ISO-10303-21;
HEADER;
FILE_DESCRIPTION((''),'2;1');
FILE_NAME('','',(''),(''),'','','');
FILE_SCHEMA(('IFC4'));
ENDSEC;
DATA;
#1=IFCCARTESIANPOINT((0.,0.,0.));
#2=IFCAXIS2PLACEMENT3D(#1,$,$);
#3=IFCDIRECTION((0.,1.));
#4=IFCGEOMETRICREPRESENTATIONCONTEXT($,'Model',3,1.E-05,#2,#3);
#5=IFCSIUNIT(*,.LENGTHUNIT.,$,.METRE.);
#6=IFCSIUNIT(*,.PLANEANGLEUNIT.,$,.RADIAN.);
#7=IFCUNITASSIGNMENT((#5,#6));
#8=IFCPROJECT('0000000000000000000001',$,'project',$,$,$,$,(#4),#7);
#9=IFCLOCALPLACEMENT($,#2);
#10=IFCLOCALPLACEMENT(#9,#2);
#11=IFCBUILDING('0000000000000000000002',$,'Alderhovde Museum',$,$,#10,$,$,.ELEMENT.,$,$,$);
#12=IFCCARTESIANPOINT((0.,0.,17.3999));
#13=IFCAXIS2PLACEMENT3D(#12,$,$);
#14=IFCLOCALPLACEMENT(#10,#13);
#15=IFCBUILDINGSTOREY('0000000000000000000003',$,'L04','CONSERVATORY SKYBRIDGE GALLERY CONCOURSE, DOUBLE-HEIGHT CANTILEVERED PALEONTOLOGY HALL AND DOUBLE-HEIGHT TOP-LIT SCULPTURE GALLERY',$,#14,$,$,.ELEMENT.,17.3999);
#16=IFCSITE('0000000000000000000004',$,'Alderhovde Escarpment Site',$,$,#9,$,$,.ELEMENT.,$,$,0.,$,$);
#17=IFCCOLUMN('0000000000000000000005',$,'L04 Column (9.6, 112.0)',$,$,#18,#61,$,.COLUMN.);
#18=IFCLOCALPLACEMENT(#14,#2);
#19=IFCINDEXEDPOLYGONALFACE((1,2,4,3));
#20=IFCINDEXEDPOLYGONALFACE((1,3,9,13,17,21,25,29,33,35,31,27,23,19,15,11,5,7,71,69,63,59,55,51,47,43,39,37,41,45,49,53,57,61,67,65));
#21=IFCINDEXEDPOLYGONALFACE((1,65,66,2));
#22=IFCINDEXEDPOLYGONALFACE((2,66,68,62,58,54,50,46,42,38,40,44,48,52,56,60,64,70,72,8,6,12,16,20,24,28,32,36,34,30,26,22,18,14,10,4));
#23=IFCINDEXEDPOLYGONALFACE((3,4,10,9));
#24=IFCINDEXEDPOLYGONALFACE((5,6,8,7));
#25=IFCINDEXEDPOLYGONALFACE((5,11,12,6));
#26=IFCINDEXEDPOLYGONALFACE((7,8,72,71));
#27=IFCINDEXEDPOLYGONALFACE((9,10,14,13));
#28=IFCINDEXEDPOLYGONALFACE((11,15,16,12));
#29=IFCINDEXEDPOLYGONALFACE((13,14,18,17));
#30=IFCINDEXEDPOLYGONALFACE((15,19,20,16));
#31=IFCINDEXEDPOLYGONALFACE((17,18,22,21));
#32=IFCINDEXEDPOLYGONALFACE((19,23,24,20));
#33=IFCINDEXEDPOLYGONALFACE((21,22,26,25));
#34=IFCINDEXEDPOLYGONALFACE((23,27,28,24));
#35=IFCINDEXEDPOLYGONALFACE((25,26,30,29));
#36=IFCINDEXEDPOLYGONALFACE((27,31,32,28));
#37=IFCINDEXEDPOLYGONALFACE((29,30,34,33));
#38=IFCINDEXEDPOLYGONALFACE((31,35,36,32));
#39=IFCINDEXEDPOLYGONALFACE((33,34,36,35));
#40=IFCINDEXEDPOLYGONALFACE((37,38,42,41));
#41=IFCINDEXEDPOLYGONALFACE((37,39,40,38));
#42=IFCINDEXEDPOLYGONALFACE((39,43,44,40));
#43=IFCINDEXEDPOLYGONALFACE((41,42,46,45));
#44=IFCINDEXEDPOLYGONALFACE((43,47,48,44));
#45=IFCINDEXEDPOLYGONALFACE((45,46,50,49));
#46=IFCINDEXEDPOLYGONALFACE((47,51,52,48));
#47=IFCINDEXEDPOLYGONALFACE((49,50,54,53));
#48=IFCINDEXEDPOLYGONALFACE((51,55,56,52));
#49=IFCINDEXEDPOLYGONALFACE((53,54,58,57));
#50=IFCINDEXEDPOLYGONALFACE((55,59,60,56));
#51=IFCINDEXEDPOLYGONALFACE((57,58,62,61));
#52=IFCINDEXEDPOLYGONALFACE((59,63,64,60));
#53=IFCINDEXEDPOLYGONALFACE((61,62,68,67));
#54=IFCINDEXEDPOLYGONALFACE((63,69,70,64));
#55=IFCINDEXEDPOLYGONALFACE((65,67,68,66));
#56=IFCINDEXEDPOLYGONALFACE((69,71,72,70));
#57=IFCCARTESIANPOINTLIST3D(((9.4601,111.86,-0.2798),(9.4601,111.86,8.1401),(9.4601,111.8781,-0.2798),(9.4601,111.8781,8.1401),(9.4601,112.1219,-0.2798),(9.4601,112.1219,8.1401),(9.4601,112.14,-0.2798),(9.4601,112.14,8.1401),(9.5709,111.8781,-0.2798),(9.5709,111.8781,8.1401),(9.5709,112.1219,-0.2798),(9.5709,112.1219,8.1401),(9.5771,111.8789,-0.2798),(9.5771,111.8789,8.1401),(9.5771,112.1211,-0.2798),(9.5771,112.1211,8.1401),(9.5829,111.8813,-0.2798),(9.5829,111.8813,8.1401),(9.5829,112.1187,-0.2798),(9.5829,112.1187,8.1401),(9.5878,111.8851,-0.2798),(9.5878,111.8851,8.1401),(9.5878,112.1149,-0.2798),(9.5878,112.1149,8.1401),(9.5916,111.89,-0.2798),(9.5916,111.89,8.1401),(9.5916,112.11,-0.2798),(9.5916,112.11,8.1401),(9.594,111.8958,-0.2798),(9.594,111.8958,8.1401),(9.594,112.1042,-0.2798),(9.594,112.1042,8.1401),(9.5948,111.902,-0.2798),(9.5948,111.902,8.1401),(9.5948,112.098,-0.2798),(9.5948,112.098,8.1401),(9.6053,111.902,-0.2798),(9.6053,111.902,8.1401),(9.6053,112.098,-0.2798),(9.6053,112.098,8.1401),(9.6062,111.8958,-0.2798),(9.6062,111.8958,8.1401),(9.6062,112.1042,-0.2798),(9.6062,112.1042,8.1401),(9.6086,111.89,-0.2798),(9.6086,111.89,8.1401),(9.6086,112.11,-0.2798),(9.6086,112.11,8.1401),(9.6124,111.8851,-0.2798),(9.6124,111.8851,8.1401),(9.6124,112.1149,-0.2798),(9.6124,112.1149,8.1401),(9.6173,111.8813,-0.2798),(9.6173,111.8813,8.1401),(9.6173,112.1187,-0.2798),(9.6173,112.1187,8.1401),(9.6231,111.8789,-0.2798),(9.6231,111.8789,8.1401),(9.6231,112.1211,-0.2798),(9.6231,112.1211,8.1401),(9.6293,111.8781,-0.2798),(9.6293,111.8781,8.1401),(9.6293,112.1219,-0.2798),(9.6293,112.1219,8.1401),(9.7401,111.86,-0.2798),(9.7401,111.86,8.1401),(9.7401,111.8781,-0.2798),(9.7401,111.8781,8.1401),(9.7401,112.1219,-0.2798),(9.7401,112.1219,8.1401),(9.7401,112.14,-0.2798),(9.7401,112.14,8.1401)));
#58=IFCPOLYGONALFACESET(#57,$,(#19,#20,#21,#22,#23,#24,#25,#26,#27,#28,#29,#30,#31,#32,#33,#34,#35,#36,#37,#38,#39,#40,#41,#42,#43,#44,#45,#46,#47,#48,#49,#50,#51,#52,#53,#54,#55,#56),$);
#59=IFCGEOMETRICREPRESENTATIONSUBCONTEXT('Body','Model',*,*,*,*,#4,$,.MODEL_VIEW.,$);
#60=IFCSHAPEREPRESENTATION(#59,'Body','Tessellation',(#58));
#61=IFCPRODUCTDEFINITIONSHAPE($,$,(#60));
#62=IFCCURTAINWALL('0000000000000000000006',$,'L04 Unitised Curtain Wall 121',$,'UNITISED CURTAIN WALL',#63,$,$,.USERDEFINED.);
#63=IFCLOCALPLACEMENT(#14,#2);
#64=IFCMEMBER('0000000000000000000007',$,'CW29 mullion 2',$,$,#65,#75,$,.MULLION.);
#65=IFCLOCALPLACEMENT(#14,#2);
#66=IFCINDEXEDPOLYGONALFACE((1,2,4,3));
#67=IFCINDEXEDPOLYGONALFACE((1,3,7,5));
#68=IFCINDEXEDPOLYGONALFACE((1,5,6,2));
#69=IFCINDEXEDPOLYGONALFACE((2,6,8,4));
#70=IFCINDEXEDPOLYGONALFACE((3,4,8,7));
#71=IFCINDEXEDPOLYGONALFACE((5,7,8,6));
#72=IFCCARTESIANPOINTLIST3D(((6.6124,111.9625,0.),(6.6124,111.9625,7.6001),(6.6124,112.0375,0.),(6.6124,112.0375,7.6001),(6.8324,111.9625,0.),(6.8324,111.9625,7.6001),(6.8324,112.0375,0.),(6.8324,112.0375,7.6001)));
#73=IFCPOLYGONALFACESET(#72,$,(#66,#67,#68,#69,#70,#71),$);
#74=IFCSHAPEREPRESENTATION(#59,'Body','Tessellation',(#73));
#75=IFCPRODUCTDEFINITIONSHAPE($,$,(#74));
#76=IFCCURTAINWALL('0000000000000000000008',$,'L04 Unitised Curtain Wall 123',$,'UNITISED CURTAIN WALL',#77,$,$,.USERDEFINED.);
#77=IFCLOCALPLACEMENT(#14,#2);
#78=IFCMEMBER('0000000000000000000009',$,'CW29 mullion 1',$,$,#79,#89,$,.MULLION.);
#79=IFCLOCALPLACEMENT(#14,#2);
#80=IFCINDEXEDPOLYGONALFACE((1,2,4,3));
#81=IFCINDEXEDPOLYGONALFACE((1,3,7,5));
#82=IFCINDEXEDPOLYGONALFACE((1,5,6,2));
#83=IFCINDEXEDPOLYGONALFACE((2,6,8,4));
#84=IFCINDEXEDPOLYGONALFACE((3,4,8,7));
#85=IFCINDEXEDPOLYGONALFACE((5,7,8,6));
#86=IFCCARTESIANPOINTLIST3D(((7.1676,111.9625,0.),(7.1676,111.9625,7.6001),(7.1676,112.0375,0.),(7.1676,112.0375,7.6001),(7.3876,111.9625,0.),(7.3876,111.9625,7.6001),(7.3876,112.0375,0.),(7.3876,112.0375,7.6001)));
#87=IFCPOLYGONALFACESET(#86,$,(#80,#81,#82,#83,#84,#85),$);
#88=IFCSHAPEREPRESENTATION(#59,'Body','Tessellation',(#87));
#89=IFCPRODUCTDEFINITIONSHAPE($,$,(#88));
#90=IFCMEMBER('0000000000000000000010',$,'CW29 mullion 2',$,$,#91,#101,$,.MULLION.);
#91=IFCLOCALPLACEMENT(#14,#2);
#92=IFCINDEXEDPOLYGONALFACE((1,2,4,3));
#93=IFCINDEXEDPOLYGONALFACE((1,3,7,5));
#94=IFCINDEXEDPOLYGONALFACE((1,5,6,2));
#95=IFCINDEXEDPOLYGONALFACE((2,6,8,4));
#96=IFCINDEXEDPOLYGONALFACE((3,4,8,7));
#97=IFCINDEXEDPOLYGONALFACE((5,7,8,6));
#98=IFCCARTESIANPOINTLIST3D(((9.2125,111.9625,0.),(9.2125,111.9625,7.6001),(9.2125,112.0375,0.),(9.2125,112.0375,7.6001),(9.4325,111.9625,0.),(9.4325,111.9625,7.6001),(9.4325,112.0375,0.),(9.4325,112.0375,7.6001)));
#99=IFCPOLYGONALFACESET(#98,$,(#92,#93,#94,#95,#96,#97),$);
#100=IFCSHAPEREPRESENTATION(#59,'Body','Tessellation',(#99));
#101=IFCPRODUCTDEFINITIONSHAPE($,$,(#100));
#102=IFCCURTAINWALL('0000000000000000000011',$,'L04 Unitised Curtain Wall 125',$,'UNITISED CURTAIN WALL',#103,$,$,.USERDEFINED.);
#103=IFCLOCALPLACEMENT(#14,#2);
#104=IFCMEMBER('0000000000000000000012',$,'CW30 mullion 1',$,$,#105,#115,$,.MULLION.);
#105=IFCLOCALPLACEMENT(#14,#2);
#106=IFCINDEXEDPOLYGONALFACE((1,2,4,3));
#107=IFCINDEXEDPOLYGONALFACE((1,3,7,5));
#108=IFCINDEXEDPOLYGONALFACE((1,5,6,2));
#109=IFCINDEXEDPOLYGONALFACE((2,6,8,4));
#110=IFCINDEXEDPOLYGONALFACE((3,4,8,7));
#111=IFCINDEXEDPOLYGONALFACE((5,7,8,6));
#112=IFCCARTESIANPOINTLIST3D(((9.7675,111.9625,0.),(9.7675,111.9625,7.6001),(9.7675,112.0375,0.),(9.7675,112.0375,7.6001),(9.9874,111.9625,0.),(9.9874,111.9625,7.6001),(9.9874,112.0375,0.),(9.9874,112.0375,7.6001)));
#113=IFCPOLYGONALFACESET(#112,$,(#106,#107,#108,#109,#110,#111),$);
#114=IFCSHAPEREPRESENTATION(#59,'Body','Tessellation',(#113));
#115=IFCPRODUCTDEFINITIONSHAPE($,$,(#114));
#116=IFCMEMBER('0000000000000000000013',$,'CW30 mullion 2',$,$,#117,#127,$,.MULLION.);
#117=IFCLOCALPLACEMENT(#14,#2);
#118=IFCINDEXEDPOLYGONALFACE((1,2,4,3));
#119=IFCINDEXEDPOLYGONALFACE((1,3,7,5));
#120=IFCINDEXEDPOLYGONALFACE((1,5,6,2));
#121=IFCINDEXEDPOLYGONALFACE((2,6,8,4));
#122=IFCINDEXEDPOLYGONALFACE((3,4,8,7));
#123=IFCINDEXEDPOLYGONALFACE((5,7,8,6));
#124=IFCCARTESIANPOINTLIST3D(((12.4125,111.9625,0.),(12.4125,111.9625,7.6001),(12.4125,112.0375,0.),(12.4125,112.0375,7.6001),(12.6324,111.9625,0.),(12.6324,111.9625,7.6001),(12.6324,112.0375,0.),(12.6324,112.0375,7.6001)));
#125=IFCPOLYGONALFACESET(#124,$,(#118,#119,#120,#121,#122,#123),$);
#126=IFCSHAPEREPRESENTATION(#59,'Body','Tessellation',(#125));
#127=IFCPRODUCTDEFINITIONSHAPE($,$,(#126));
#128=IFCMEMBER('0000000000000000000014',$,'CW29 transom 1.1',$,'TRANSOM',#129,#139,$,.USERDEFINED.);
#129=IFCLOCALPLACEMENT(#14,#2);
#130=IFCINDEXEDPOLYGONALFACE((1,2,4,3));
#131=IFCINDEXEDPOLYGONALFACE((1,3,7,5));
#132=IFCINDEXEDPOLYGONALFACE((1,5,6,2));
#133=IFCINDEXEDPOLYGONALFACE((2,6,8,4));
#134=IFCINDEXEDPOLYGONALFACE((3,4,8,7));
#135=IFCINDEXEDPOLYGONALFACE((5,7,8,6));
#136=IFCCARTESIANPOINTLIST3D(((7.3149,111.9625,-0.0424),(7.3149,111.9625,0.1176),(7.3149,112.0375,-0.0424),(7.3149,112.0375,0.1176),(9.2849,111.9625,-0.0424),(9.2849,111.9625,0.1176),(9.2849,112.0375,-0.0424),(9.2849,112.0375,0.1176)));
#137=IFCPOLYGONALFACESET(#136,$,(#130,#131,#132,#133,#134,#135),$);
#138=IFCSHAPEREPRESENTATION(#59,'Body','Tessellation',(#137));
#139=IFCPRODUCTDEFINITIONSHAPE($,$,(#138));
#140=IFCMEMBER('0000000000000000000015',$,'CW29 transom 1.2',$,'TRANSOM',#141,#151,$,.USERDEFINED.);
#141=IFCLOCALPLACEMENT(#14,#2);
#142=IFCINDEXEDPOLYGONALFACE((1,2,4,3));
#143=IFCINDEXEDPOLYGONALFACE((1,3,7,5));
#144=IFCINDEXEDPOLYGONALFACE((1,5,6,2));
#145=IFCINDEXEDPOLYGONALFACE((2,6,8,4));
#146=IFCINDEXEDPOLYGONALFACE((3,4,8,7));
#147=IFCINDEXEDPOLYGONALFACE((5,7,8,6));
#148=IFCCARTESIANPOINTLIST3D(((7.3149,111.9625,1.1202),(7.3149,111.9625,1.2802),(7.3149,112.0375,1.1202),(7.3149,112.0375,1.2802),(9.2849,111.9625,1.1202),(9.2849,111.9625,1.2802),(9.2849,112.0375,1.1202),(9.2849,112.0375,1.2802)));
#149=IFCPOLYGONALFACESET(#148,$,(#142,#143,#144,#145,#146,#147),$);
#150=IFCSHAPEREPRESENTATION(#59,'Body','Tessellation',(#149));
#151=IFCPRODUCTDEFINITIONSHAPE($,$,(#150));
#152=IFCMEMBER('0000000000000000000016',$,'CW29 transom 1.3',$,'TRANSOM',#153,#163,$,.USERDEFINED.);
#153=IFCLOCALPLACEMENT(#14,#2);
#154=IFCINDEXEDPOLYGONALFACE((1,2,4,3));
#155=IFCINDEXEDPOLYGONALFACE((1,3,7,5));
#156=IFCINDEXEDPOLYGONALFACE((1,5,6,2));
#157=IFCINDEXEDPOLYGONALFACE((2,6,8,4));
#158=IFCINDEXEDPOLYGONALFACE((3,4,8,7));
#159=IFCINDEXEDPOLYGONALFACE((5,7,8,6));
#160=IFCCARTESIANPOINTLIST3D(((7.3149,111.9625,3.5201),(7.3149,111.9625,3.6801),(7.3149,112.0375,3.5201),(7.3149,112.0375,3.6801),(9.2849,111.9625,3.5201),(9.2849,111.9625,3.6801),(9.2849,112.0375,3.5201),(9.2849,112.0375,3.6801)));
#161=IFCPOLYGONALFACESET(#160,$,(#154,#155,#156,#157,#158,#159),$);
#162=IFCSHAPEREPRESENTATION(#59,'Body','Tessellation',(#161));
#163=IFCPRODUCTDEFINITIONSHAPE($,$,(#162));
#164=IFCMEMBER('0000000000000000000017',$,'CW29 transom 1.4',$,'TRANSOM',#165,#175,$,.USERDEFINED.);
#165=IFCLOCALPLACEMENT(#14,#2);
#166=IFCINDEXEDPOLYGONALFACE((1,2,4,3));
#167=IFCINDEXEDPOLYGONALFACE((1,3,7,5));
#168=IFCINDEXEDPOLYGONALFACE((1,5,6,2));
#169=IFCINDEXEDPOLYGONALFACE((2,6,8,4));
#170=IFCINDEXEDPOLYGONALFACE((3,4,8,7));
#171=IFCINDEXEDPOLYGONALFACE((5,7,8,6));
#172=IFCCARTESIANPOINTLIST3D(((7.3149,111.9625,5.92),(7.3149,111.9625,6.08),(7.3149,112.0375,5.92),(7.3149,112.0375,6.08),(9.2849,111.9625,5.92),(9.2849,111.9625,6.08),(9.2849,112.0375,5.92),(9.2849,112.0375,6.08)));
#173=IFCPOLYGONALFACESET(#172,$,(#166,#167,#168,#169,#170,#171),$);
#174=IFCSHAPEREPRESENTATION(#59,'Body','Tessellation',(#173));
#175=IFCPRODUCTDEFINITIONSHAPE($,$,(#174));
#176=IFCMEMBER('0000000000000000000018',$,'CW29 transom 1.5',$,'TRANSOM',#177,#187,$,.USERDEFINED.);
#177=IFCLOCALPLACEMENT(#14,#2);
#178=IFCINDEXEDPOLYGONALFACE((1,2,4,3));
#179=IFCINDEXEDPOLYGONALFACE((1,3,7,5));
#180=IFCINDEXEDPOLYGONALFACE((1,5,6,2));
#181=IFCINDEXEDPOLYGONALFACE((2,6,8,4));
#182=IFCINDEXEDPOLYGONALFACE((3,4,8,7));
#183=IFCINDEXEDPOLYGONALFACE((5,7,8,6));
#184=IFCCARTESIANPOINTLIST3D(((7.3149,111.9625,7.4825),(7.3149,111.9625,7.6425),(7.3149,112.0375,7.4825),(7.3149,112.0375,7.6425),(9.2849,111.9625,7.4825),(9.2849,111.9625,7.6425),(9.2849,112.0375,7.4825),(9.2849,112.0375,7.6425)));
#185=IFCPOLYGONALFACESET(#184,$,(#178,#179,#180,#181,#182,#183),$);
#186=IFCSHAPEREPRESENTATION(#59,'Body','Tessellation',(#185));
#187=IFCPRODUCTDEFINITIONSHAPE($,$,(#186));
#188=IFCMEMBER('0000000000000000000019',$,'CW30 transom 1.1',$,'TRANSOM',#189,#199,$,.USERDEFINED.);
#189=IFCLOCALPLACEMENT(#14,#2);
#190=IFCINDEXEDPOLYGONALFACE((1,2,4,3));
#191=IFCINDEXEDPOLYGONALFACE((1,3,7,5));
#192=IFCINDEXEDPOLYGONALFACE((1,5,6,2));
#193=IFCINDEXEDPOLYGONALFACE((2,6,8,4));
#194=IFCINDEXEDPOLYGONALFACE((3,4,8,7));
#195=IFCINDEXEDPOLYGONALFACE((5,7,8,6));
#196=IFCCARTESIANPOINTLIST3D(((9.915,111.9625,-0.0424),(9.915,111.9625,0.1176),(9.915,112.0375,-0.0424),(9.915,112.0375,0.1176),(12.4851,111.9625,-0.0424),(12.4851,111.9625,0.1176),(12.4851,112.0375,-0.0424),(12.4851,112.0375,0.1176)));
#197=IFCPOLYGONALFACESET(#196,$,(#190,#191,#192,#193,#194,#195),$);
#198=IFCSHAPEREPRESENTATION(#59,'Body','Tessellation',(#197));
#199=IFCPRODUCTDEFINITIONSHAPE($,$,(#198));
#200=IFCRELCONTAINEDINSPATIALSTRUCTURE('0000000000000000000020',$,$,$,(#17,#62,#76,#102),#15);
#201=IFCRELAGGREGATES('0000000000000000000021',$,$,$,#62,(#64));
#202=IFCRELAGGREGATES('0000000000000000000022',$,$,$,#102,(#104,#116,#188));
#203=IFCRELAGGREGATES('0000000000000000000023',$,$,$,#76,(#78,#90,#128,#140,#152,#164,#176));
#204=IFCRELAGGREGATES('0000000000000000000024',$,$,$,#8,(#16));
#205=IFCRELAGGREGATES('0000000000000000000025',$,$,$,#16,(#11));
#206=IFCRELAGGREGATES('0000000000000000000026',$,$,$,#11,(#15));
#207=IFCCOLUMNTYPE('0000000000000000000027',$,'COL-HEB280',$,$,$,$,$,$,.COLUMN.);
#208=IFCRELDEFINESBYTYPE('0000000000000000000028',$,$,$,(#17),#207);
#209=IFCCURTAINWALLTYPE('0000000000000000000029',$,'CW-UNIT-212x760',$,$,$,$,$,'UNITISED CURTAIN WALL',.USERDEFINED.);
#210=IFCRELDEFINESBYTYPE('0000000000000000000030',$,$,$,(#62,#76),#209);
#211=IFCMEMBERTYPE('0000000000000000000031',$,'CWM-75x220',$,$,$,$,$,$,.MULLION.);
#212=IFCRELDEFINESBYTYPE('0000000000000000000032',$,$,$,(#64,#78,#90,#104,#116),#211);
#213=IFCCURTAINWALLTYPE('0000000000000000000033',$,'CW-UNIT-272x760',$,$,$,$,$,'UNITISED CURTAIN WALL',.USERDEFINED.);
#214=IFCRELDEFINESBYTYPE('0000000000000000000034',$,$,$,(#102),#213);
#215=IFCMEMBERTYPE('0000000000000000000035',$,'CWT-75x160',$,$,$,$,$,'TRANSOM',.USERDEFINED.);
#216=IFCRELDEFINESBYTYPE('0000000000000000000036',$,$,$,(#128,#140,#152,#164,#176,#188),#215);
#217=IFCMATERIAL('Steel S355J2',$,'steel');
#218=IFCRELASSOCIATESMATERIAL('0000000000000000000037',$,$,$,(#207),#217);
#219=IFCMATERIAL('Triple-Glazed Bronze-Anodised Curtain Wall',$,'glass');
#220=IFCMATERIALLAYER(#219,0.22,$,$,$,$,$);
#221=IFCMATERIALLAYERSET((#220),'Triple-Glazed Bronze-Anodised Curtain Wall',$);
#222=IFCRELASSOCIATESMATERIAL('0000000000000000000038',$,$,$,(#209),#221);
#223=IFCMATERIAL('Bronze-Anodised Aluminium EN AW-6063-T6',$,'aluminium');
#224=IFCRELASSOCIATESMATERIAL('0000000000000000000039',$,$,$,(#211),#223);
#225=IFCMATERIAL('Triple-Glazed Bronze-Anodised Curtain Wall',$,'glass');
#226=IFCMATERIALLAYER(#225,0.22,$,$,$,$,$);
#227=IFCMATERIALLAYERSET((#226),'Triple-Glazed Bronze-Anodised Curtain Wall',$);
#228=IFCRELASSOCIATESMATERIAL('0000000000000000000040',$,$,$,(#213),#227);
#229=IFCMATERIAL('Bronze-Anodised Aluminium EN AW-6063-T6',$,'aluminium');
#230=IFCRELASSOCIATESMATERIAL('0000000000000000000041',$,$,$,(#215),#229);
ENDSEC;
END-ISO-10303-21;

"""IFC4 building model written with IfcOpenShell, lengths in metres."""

from ifc_helpers import new_model, si_unit, direction, frame, origin, origin_2d, place, context, subcontext, project, spatial, rectangle, i_section, extrude, material, layer, layer_set, material_profile, profile_set, type_object, element, aggregate, save


model = new_model("IFC4")

# Units and contexts
model_context = context("Model", 3, precision=1e-05, world=origin(), true_north=direction((0.0, 1.0)))
body_context = subcontext(model_context, "Body", "Model", "MODEL_VIEW")
ifc_project = project(units=[si_unit("LENGTHUNIT", "METRE"), si_unit("PLANEANGLEUNIT", "RADIAN")], contexts=[model_context])

# Site, building, storey
site_placement = place(None, origin())
site = spatial("IfcSite", under=ifc_project, at=site_placement, Name="Alderhovde Escarpment Site", CompositionType="ELEMENT", RefElevation=0.0)
building_placement = place(site_placement, origin())
building = spatial("IfcBuilding", under=site, at=building_placement, Name="Alderhovde Museum", CompositionType="ELEMENT")
storey_placement = place(building_placement, frame((0.0, 0.0, 17.3999)))
storey = spatial("IfcBuildingStorey", under=building, at=storey_placement, Name="L04", Description="CONSERVATORY SKYBRIDGE GALLERY CONCOURSE, DOUBLE-HEIGHT CANTILEVERED PALEONTOLOGY HALL AND DOUBLE-HEIGHT TOP-LIT SCULPTURE GALLERY", CompositionType="ELEMENT", Elevation=17.3999)

# Column
ifc_material_1 = material(Name="Steel S355J2", Category="steel")
ifc_material_profile_1 = material_profile(ifc_material_1, i_section(OverallWidth=0.28, OverallDepth=0.28, WebThickness=0.0105, FlangeThickness=0.0181, FilletRadius=0.0239, at=origin_2d()), Name="HEB 280")
ifc_profile_set_1 = profile_set([ifc_material_profile_1], Name="Steel S355J2")
column_type = type_object("IfcColumnType", Name="COL-HEB280", PredefinedType="COLUMN", material=ifc_profile_set_1)
column_placement = place(storey_placement, frame((9.6001, 112.0, -0.2798), z_axis=(0.0, 0.0, 1.0), x_axis=(1.0, 0.0, 0.0)))
element("IfcColumn", 1, at=column_placement, inside=storey, type_object=column_type, Name="L04 Column (9.6, 112.0)", PredefinedType="COLUMN", context=body_context, shape_type="SweptSolid", body=[
    extrude(i_section(OverallWidth=0.28, OverallDepth=0.28, WebThickness=0.0105, FlangeThickness=0.0181, FilletRadius=0.0239, at=origin_2d()), origin(), (0.0, 0.0, 1.0), 8.4199),
])

# Curtain wall, member
ifc_material_2 = material(Name="Triple-Glazed Bronze-Anodised Curtain Wall", Category="glass")
ifc_layer_1 = layer(ifc_material_2, 0.22)
ifc_layer_set_1 = layer_set([ifc_layer_1], Name="Triple-Glazed Bronze-Anodised Curtain Wall")
curtain_wall_type_1 = type_object("IfcCurtainWallType", Name="CW-UNIT-212x760", ElementType="UNITISED CURTAIN WALL", PredefinedType="USERDEFINED", material=ifc_layer_set_1)
curtain_wall_1_placement = place(storey_placement, origin())
curtain_wall_1 = element("IfcCurtainWall", 2, at=curtain_wall_1_placement, inside=storey, type_object=curtain_wall_type_1, Name="L04 Unitised Curtain Wall 121", ObjectType="UNITISED CURTAIN WALL", PredefinedType="USERDEFINED")
ifc_material_3 = material(Name="Bronze-Anodised Aluminium EN AW-6063-T6", Category="aluminium")
ifc_material_profile_2 = material_profile(ifc_material_3, rectangle(XDim=0.075, YDim=0.22, at=origin_2d()), Name="MULLION 75x220")
ifc_profile_set_2 = profile_set([ifc_material_profile_2], Name="Bronze-Anodised Aluminium EN AW-6063-T6")
member_type_1 = type_object("IfcMemberType", Name="CWM-75x220", PredefinedType="MULLION", material=ifc_profile_set_2)
member_1_placement = place(storey_placement, frame((6.7224, 112.0, 0.0), z_axis=(0.0, 0.0, 1.0), x_axis=(0.0, 1.0, 0.0)))
member_1 = element("IfcMember", 3, at=member_1_placement, type_object=member_type_1, Name="CW29 mullion 2", PredefinedType="MULLION", context=body_context, shape_type="SweptSolid", body=[
    extrude(rectangle(XDim=0.075, YDim=0.22, at=origin_2d()), origin(), (0.0, 0.0, 1.0), 7.6001),
])

# Curtain walls, members
curtain_wall_2_placement = place(storey_placement, origin())
curtain_wall_2 = element("IfcCurtainWall", 4, at=curtain_wall_2_placement, inside=storey, type_object=curtain_wall_type_1, Name="L04 Unitised Curtain Wall 123", ObjectType="UNITISED CURTAIN WALL", PredefinedType="USERDEFINED")
member_2_placement = place(storey_placement, frame((7.2776, 112.0, 0.0), z_axis=(0.0, 0.0, 1.0), x_axis=(0.0, 1.0, 0.0)))
member_2 = element("IfcMember", 5, at=member_2_placement, type_object=member_type_1, Name="CW29 mullion 1", PredefinedType="MULLION", context=body_context, shape_type="SweptSolid", body=[
    extrude(rectangle(XDim=0.075, YDim=0.22, at=origin_2d()), origin(), (0.0, 0.0, 1.0), 7.6001),
])
member_3_placement = place(storey_placement, frame((9.3225, 112.0, 0.0), z_axis=(0.0, 0.0, 1.0), x_axis=(0.0, 1.0, 0.0)))
member_3 = element("IfcMember", 6, at=member_3_placement, type_object=member_type_1, Name="CW29 mullion 2", PredefinedType="MULLION", context=body_context, shape_type="SweptSolid", body=[
    extrude(rectangle(XDim=0.075, YDim=0.22, at=origin_2d()), origin(), (0.0, 0.0, 1.0), 7.6001),
])
ifc_material_4 = material(Name="Triple-Glazed Bronze-Anodised Curtain Wall", Category="glass")
ifc_layer_2 = layer(ifc_material_4, 0.22)
ifc_layer_set_2 = layer_set([ifc_layer_2], Name="Triple-Glazed Bronze-Anodised Curtain Wall")
curtain_wall_type_2 = type_object("IfcCurtainWallType", Name="CW-UNIT-272x760", ElementType="UNITISED CURTAIN WALL", PredefinedType="USERDEFINED", material=ifc_layer_set_2)
curtain_wall_3_placement = place(storey_placement, origin())
curtain_wall_3 = element("IfcCurtainWall", 7, at=curtain_wall_3_placement, inside=storey, type_object=curtain_wall_type_2, Name="L04 Unitised Curtain Wall 125", ObjectType="UNITISED CURTAIN WALL", PredefinedType="USERDEFINED")
member_4_placement = place(storey_placement, frame((9.8774, 112.0, 0.0), z_axis=(0.0, 0.0, 1.0), x_axis=(0.0, 1.0, 0.0)))
member_4 = element("IfcMember", 8, at=member_4_placement, type_object=member_type_1, Name="CW30 mullion 1", PredefinedType="MULLION", context=body_context, shape_type="SweptSolid", body=[
    extrude(rectangle(XDim=0.075, YDim=0.22, at=origin_2d()), origin(), (0.0, 0.0, 1.0), 7.6001),
])
member_5_placement = place(storey_placement, frame((12.5225, 112.0, 0.0), z_axis=(0.0, 0.0, 1.0), x_axis=(0.0, 1.0, 0.0)))
member_5 = element("IfcMember", 9, at=member_5_placement, type_object=member_type_1, Name="CW30 mullion 2", PredefinedType="MULLION", context=body_context, shape_type="SweptSolid", body=[
    extrude(rectangle(XDim=0.075, YDim=0.22, at=origin_2d()), origin(), (0.0, 0.0, 1.0), 7.6001),
])

# Members
ifc_material_5 = material(Name="Bronze-Anodised Aluminium EN AW-6063-T6", Category="aluminium")
ifc_material_profile_3 = material_profile(ifc_material_5, rectangle(XDim=0.075, YDim=0.1599, at=origin_2d()), Name="TRANSOM 75x160")
ifc_profile_set_3 = profile_set([ifc_material_profile_3], Name="Bronze-Anodised Aluminium EN AW-6063-T6")
member_type_2 = type_object("IfcMemberType", Name="CWT-75x160", ElementType="TRANSOM", PredefinedType="USERDEFINED", material=ifc_profile_set_3)
member_6_placement = place(storey_placement, frame((7.3149, 112.0, 0.0376), z_axis=(1.0, 0.0, 0.0), x_axis=(0.0, 1.0, 0.0)))
member_6 = element("IfcMember", 10, at=member_6_placement, type_object=member_type_2, Name="CW29 transom 1.1", ObjectType="TRANSOM", PredefinedType="USERDEFINED", context=body_context, shape_type="SweptSolid", body=[
    extrude(rectangle(XDim=0.075, YDim=0.1599, at=origin_2d()), origin(), (0.0, 0.0, 1.0), 1.97),
])
member_7_placement = place(storey_placement, frame((7.3149, 112.0, 1.2002), z_axis=(1.0, 0.0, 0.0), x_axis=(0.0, 1.0, 0.0)))
member_7 = element("IfcMember", 11, at=member_7_placement, type_object=member_type_2, Name="CW29 transom 1.2", ObjectType="TRANSOM", PredefinedType="USERDEFINED", context=body_context, shape_type="SweptSolid", body=[
    extrude(rectangle(XDim=0.075, YDim=0.1599, at=origin_2d()), origin(), (0.0, 0.0, 1.0), 1.97),
])
member_8_placement = place(storey_placement, frame((7.3149, 112.0, 3.6001), z_axis=(1.0, 0.0, 0.0), x_axis=(0.0, 1.0, 0.0)))
member_8 = element("IfcMember", 12, at=member_8_placement, type_object=member_type_2, Name="CW29 transom 1.3", ObjectType="TRANSOM", PredefinedType="USERDEFINED", context=body_context, shape_type="SweptSolid", body=[
    extrude(rectangle(XDim=0.075, YDim=0.1599, at=origin_2d()), origin(), (0.0, 0.0, 1.0), 1.97),
])
member_9_placement = place(storey_placement, frame((7.3149, 112.0, 6.0), z_axis=(1.0, 0.0, 0.0), x_axis=(0.0, 1.0, 0.0)))
member_9 = element("IfcMember", 13, at=member_9_placement, type_object=member_type_2, Name="CW29 transom 1.4", ObjectType="TRANSOM", PredefinedType="USERDEFINED", context=body_context, shape_type="SweptSolid", body=[
    extrude(rectangle(XDim=0.075, YDim=0.1599, at=origin_2d()), origin(), (0.0, 0.0, 1.0), 1.97),
])
member_10_placement = place(storey_placement, frame((7.3149, 112.0, 7.5625), z_axis=(1.0, 0.0, 0.0), x_axis=(0.0, 1.0, 0.0)))
member_10 = element("IfcMember", 14, at=member_10_placement, type_object=member_type_2, Name="CW29 transom 1.5", ObjectType="TRANSOM", PredefinedType="USERDEFINED", context=body_context, shape_type="SweptSolid", body=[
    extrude(rectangle(XDim=0.075, YDim=0.1599, at=origin_2d()), origin(), (0.0, 0.0, 1.0), 1.97),
])
member_11_placement = place(storey_placement, frame((9.915, 112.0, 0.0376), z_axis=(1.0, 0.0, 0.0), x_axis=(0.0, 1.0, 0.0)))
member_11 = element("IfcMember", 15, at=member_11_placement, type_object=member_type_2, Name="CW30 transom 1.1", ObjectType="TRANSOM", PredefinedType="USERDEFINED", context=body_context, shape_type="SweptSolid", body=[
    extrude(rectangle(XDim=0.075, YDim=0.1599, at=origin_2d()), origin(), (0.0, 0.0, 1.0), 2.5701),
])

aggregate(curtain_wall_1, [member_1])
aggregate(curtain_wall_3, [member_4, member_5, member_11])
aggregate(curtain_wall_2, [member_2, member_3, member_6, member_7, member_8, member_9, member_10])

save(model, "model.ifc")
